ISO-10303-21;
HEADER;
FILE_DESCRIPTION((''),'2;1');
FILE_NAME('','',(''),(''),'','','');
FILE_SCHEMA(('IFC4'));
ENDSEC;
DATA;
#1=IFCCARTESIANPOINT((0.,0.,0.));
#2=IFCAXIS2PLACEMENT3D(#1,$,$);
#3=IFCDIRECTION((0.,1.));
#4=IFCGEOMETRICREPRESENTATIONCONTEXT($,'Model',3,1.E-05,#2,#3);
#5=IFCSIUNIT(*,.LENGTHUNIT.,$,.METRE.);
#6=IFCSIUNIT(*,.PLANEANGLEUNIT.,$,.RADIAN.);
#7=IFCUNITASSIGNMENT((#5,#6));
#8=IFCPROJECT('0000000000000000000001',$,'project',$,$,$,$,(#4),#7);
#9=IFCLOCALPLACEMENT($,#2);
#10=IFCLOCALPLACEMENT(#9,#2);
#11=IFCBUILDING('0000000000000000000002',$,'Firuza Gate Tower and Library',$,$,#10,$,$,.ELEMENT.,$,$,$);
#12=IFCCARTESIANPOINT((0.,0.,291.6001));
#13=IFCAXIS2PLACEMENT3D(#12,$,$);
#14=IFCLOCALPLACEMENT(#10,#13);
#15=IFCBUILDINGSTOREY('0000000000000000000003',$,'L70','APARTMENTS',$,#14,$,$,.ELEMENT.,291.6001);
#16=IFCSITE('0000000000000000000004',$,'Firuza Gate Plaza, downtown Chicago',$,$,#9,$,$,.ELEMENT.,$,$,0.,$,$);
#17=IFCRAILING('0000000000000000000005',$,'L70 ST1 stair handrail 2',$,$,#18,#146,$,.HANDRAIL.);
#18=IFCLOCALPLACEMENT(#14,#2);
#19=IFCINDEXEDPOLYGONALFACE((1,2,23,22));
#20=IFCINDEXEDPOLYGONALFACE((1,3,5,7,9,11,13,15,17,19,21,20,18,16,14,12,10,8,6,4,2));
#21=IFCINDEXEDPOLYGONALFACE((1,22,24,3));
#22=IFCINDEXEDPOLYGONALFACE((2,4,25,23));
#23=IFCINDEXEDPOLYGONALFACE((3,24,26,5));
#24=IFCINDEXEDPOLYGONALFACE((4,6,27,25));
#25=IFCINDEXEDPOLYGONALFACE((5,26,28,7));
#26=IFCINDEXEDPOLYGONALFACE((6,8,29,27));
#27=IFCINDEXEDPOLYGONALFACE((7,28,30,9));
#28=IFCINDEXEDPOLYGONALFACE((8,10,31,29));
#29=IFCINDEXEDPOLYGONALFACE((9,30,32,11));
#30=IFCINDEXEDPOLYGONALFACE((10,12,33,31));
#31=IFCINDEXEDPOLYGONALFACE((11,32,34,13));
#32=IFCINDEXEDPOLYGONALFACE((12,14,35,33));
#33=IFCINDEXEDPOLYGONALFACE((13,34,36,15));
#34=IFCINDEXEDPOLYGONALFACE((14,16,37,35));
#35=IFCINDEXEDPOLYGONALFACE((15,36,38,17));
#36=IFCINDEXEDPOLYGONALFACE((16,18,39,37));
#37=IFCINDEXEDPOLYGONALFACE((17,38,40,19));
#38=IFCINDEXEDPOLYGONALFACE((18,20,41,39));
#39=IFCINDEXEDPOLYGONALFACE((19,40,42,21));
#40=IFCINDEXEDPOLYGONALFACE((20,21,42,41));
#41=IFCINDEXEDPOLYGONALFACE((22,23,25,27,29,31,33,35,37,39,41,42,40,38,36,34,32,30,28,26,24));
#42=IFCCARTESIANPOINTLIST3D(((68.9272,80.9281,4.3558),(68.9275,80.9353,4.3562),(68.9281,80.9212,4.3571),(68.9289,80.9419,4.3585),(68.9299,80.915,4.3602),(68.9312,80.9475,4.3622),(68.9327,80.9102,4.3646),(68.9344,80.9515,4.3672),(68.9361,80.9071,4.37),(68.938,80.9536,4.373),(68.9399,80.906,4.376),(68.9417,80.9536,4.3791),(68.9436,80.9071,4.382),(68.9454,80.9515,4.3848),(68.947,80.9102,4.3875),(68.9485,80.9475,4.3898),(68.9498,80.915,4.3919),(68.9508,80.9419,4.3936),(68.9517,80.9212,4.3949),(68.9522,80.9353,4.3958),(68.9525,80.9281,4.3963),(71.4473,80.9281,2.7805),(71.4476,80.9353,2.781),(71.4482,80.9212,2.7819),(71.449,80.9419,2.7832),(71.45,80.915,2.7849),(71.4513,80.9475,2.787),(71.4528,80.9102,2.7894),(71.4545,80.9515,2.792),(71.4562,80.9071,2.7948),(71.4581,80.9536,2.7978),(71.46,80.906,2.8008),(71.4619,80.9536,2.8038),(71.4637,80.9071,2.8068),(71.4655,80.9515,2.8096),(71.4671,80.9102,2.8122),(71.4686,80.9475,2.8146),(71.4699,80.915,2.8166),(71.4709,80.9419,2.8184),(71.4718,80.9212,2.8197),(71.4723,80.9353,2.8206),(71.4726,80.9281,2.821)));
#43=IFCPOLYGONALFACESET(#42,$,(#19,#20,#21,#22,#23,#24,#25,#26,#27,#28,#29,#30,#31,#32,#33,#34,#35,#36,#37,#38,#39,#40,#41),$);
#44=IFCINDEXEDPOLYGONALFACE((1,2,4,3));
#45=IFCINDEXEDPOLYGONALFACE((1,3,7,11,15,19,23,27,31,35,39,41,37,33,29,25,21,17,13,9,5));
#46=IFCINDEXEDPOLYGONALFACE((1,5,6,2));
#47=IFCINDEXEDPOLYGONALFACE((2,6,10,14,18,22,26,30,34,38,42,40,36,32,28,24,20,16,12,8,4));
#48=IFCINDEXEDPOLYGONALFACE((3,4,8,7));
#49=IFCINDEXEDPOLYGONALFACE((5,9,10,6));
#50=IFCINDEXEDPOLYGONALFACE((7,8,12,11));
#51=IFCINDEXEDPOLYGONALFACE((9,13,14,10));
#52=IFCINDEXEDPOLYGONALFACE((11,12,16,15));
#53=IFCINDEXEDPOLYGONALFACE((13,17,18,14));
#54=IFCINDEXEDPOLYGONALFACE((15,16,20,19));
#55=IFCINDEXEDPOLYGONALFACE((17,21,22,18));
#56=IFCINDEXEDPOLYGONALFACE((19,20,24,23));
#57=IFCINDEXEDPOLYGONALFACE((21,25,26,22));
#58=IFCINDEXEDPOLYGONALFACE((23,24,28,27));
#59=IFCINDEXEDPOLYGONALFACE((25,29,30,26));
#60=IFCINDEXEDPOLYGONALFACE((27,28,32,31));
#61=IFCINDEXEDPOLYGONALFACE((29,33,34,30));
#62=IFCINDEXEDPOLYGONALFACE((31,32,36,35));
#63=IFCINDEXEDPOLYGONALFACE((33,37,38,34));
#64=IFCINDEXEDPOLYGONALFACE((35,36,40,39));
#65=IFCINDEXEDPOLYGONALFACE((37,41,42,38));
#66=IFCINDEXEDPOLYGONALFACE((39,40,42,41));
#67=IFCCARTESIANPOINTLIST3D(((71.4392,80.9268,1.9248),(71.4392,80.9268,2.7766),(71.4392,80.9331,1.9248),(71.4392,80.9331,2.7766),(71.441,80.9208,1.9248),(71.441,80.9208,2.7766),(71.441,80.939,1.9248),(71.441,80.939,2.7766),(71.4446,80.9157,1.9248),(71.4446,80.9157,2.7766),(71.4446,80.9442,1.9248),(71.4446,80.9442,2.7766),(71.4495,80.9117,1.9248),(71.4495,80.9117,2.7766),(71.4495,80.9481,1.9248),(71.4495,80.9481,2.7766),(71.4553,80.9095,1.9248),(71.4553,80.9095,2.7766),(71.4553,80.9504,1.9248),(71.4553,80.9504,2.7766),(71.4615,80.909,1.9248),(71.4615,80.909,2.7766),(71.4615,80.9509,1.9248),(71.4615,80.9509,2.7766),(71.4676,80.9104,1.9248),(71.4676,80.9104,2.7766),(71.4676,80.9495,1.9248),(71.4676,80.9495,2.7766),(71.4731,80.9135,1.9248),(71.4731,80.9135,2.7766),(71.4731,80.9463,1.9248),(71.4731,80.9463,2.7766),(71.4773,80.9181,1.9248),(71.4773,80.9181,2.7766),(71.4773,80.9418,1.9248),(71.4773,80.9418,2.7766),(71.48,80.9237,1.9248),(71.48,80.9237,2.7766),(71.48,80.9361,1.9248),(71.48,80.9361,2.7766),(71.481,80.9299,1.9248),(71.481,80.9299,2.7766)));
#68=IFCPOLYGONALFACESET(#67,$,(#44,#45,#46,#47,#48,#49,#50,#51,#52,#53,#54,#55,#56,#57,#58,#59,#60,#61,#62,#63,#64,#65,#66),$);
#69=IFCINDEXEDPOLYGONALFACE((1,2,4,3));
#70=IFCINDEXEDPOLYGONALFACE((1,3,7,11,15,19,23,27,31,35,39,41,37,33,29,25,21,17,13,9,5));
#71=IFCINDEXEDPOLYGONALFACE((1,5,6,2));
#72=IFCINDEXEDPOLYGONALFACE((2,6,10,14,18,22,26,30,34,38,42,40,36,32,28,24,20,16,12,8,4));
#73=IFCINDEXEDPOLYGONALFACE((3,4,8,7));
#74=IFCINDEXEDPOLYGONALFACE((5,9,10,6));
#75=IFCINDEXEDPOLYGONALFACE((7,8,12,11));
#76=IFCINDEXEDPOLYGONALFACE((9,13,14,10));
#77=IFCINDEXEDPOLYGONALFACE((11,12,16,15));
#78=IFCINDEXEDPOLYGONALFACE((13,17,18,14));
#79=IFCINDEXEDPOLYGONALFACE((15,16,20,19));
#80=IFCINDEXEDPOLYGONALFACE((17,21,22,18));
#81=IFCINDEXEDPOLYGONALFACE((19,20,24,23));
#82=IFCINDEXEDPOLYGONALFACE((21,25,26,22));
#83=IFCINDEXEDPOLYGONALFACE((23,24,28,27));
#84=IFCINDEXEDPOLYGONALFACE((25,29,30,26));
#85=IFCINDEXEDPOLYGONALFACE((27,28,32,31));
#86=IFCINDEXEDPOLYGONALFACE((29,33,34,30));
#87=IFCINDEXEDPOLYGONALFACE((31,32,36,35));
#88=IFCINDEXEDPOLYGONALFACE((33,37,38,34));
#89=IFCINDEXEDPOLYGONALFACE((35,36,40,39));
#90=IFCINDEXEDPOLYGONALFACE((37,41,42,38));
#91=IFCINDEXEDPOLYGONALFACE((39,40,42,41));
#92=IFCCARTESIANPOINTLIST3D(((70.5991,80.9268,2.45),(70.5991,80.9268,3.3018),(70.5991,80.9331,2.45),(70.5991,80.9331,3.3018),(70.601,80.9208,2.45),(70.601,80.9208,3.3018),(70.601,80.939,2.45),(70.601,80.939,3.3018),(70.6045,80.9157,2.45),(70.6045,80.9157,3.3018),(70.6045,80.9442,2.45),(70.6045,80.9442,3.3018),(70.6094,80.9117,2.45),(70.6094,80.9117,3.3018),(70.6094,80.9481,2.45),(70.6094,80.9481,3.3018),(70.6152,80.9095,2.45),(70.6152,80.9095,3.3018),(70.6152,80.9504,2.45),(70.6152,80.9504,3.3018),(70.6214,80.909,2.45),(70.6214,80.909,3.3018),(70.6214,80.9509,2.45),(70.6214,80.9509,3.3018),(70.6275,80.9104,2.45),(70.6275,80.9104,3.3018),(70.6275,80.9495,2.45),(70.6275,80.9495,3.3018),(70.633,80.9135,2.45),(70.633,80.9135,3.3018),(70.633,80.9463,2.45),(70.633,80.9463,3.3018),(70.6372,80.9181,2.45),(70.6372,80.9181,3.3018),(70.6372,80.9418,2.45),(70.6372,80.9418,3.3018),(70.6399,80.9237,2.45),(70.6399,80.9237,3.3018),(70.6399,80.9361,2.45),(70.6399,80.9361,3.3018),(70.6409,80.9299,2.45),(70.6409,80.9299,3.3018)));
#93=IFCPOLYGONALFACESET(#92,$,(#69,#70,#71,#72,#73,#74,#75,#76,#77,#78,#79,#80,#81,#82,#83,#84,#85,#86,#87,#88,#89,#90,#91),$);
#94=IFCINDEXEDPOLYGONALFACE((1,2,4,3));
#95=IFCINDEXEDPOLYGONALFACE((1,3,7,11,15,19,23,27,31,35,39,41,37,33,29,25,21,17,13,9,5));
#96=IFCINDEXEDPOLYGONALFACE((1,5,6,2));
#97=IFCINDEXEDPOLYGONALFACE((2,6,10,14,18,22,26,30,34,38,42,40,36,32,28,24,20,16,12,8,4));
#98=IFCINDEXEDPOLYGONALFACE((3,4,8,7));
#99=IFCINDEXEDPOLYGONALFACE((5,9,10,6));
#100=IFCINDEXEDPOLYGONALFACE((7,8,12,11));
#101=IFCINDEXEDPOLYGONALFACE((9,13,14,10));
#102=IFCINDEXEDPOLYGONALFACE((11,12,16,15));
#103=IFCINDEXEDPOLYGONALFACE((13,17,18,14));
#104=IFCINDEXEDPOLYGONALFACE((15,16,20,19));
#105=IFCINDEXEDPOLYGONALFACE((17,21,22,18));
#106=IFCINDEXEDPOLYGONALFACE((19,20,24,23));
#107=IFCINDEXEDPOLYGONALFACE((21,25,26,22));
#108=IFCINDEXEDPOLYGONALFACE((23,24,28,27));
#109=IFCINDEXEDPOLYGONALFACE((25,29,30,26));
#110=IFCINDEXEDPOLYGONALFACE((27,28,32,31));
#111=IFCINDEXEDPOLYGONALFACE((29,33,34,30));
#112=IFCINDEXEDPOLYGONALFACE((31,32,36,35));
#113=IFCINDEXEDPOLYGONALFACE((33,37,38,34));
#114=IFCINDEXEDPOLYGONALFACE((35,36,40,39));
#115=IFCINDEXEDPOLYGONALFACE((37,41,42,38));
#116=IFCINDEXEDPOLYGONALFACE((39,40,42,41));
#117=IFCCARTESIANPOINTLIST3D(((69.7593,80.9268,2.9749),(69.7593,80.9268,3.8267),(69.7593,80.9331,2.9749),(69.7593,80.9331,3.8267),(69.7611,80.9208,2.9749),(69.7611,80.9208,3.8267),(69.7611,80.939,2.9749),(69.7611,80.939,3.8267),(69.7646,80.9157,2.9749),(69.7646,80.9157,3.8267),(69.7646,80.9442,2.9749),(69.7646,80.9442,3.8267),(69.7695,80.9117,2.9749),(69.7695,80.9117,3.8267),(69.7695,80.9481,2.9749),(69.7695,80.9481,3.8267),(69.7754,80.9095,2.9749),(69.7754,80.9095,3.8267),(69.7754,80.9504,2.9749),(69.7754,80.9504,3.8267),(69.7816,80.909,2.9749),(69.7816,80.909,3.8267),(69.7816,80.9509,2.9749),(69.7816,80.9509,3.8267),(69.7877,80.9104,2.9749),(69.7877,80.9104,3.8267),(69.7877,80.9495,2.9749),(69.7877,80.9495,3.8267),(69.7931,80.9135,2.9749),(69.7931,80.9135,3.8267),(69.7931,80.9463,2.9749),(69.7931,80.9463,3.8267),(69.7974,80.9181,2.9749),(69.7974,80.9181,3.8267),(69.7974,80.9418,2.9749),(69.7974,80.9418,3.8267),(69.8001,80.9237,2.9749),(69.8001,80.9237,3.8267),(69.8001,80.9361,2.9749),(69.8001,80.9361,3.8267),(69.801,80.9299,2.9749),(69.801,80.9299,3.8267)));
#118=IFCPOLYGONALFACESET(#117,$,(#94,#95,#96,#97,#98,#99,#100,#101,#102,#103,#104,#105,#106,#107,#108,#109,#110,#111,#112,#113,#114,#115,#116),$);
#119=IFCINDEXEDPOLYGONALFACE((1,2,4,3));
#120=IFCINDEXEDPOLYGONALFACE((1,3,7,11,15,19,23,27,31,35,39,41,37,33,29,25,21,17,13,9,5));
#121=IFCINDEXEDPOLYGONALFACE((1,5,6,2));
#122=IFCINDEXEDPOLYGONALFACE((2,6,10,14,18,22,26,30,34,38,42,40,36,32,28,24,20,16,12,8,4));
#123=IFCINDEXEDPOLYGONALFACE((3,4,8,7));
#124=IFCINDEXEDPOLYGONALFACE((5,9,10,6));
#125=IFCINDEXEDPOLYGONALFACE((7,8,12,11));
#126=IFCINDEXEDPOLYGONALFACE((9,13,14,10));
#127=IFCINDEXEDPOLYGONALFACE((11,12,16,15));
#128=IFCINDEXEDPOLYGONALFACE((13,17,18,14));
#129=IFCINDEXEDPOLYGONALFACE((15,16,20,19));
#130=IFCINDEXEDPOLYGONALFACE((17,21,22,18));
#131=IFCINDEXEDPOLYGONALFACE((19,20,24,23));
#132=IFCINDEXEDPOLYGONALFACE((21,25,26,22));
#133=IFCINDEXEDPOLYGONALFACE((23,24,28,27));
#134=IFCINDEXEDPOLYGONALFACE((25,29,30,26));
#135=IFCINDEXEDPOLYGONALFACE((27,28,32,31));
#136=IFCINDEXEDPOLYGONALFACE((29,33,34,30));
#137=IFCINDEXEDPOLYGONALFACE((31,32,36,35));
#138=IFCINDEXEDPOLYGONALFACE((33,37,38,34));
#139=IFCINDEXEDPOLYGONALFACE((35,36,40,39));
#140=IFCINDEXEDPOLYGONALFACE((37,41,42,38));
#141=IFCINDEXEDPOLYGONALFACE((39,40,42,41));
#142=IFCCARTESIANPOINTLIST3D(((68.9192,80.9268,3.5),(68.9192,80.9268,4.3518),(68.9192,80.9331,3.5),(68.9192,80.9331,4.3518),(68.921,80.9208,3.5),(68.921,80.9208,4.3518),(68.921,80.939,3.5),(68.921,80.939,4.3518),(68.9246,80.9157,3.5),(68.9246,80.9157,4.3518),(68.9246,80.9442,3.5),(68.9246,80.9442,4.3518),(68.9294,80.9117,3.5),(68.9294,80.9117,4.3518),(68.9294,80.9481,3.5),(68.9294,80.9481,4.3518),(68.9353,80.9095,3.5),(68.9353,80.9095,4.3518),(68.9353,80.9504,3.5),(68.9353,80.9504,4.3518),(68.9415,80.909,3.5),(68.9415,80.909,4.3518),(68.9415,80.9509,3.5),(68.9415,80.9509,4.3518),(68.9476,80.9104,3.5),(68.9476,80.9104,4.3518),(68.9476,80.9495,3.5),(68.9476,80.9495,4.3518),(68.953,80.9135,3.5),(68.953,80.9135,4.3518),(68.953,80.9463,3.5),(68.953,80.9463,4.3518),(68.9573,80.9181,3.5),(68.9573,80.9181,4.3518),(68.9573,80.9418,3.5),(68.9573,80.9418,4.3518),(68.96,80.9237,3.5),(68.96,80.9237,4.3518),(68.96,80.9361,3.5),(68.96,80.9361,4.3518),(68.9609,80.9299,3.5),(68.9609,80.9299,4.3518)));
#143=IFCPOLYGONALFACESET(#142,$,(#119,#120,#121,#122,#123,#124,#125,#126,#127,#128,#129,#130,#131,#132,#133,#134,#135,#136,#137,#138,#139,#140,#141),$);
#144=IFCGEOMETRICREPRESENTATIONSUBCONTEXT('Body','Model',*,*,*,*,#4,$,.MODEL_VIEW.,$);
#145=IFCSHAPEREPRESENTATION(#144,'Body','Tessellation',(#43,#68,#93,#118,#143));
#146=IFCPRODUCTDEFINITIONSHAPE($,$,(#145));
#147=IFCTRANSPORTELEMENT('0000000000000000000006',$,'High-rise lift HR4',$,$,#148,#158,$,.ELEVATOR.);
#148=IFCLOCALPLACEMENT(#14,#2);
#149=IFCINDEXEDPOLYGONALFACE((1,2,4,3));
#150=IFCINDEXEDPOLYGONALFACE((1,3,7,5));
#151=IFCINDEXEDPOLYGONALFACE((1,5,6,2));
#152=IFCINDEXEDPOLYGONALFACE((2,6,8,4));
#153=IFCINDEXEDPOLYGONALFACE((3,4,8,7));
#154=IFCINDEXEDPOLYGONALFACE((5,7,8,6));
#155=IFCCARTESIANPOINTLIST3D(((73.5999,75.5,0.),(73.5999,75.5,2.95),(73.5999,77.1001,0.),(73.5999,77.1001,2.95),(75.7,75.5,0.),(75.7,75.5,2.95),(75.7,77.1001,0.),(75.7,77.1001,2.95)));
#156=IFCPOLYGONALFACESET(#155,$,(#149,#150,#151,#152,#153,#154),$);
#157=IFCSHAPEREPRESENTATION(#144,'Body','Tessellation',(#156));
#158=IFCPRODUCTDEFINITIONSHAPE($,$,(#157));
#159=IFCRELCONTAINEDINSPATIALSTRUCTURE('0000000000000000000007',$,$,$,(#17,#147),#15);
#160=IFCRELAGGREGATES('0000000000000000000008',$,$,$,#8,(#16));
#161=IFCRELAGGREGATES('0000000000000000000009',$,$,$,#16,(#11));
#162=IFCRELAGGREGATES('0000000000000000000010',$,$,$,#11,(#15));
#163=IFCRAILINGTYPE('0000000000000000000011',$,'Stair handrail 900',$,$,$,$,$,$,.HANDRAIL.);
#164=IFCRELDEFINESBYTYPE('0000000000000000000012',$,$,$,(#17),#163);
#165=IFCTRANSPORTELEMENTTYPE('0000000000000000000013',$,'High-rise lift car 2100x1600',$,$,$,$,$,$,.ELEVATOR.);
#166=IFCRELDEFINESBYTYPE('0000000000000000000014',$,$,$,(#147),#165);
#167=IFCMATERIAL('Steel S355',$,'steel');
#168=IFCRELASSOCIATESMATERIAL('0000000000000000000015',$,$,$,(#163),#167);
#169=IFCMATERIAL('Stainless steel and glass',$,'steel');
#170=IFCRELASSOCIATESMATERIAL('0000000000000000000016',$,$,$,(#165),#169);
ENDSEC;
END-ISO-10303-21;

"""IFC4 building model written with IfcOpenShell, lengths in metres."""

from ifc_helpers import new_model, si_unit, direction, frame, origin, origin_2d, place, context, subcontext, project, spatial, rectangle, circle, extrude, material, type_object, element, save


model = new_model("IFC4")

# Units and contexts
model_context = context("Model", 3, precision=1e-05, world=origin(), true_north=direction((0.0, 1.0)))
body_context = subcontext(model_context, "Body", "Model", "MODEL_VIEW")
ifc_project = project(units=[si_unit("LENGTHUNIT", "METRE"), si_unit("PLANEANGLEUNIT", "RADIAN")], contexts=[model_context])

# Site, building, storey
site_placement = place(None, origin())
site = spatial("IfcSite", under=ifc_project, at=site_placement, Name="Firuza Gate Plaza, downtown Chicago", CompositionType="ELEMENT", RefElevation=0.0)
building_placement = place(site_placement, origin())
building = spatial("IfcBuilding", under=site, at=building_placement, Name="Firuza Gate Tower and Library", CompositionType="ELEMENT")
storey_placement = place(building_placement, frame((0.0, 0.0, 291.6001)))
storey = spatial("IfcBuildingStorey", under=building, at=storey_placement, Name="L70", Description="APARTMENTS", CompositionType="ELEMENT", Elevation=291.6001)

# Railing
ifc_material_1 = material(Name="Steel S355", Category="steel")
railing_type_1 = type_object("IfcRailingType", Name="Stair handrail 900", PredefinedType="HANDRAIL", material=ifc_material_1)
railing_1_placement = place(storey_placement, frame((71.46, 80.9299, 1.9248)))
element("IfcRailing", 1, at=railing_1_placement, inside=storey, type_object=railing_type_1, Name="L70 ST1 stair handrail 2", PredefinedType="HANDRAIL", context=body_context, shape_type="SweptSolid", body=[
    extrude(circle(Radius=0.0239, at=origin_2d()), frame((0.0, 0.0, 0.876), z_axis=(-0.847971, 0.0, 0.530043), x_axis=(0.0, -1.0, 0.0)), (0.0, 0.0, 1.0), 2.9719),
    extrude(circle(Radius=0.021, at=origin_2d()), origin(), (0.0, 0.0, 1.0), 0.8518),
    extrude(circle(Radius=0.021, at=origin_2d()), frame((-0.8401, 0.0, 0.5251)), (0.0, 0.0, 1.0), 0.8518),
    extrude(circle(Radius=0.021, at=origin_2d()), frame((-1.6799, 0.0, 1.05)), (0.0, 0.0, 1.0), 0.8518),
    extrude(circle(Radius=0.021, at=origin_2d()), frame((-2.52, 0.0, 1.5752)), (0.0, 0.0, 1.0), 0.8518),
])

# Transport element
ifc_material_2 = material(Name="Stainless steel and glass", Category="steel")
transport_element_type = type_object("IfcTransportElementType", Name="High-rise lift car 2100x1600", PredefinedType="ELEVATOR", material=ifc_material_2)
transport_element_placement = place(storey_placement, frame((74.6499, 76.3, 0.0), z_axis=(0.0, 0.0, 1.0), x_axis=(1.0, 0.0, 0.0)))
element("IfcTransportElement", 2, at=transport_element_placement, inside=storey, type_object=transport_element_type, Name="High-rise lift HR4", PredefinedType="ELEVATOR", context=body_context, shape_type="SweptSolid", body=[
    extrude(rectangle(XDim=2.1001, YDim=1.6001, at=origin_2d()), origin(), (0.0, 0.0, 1.0), 2.95),
])

save(model, "model.ifc")
